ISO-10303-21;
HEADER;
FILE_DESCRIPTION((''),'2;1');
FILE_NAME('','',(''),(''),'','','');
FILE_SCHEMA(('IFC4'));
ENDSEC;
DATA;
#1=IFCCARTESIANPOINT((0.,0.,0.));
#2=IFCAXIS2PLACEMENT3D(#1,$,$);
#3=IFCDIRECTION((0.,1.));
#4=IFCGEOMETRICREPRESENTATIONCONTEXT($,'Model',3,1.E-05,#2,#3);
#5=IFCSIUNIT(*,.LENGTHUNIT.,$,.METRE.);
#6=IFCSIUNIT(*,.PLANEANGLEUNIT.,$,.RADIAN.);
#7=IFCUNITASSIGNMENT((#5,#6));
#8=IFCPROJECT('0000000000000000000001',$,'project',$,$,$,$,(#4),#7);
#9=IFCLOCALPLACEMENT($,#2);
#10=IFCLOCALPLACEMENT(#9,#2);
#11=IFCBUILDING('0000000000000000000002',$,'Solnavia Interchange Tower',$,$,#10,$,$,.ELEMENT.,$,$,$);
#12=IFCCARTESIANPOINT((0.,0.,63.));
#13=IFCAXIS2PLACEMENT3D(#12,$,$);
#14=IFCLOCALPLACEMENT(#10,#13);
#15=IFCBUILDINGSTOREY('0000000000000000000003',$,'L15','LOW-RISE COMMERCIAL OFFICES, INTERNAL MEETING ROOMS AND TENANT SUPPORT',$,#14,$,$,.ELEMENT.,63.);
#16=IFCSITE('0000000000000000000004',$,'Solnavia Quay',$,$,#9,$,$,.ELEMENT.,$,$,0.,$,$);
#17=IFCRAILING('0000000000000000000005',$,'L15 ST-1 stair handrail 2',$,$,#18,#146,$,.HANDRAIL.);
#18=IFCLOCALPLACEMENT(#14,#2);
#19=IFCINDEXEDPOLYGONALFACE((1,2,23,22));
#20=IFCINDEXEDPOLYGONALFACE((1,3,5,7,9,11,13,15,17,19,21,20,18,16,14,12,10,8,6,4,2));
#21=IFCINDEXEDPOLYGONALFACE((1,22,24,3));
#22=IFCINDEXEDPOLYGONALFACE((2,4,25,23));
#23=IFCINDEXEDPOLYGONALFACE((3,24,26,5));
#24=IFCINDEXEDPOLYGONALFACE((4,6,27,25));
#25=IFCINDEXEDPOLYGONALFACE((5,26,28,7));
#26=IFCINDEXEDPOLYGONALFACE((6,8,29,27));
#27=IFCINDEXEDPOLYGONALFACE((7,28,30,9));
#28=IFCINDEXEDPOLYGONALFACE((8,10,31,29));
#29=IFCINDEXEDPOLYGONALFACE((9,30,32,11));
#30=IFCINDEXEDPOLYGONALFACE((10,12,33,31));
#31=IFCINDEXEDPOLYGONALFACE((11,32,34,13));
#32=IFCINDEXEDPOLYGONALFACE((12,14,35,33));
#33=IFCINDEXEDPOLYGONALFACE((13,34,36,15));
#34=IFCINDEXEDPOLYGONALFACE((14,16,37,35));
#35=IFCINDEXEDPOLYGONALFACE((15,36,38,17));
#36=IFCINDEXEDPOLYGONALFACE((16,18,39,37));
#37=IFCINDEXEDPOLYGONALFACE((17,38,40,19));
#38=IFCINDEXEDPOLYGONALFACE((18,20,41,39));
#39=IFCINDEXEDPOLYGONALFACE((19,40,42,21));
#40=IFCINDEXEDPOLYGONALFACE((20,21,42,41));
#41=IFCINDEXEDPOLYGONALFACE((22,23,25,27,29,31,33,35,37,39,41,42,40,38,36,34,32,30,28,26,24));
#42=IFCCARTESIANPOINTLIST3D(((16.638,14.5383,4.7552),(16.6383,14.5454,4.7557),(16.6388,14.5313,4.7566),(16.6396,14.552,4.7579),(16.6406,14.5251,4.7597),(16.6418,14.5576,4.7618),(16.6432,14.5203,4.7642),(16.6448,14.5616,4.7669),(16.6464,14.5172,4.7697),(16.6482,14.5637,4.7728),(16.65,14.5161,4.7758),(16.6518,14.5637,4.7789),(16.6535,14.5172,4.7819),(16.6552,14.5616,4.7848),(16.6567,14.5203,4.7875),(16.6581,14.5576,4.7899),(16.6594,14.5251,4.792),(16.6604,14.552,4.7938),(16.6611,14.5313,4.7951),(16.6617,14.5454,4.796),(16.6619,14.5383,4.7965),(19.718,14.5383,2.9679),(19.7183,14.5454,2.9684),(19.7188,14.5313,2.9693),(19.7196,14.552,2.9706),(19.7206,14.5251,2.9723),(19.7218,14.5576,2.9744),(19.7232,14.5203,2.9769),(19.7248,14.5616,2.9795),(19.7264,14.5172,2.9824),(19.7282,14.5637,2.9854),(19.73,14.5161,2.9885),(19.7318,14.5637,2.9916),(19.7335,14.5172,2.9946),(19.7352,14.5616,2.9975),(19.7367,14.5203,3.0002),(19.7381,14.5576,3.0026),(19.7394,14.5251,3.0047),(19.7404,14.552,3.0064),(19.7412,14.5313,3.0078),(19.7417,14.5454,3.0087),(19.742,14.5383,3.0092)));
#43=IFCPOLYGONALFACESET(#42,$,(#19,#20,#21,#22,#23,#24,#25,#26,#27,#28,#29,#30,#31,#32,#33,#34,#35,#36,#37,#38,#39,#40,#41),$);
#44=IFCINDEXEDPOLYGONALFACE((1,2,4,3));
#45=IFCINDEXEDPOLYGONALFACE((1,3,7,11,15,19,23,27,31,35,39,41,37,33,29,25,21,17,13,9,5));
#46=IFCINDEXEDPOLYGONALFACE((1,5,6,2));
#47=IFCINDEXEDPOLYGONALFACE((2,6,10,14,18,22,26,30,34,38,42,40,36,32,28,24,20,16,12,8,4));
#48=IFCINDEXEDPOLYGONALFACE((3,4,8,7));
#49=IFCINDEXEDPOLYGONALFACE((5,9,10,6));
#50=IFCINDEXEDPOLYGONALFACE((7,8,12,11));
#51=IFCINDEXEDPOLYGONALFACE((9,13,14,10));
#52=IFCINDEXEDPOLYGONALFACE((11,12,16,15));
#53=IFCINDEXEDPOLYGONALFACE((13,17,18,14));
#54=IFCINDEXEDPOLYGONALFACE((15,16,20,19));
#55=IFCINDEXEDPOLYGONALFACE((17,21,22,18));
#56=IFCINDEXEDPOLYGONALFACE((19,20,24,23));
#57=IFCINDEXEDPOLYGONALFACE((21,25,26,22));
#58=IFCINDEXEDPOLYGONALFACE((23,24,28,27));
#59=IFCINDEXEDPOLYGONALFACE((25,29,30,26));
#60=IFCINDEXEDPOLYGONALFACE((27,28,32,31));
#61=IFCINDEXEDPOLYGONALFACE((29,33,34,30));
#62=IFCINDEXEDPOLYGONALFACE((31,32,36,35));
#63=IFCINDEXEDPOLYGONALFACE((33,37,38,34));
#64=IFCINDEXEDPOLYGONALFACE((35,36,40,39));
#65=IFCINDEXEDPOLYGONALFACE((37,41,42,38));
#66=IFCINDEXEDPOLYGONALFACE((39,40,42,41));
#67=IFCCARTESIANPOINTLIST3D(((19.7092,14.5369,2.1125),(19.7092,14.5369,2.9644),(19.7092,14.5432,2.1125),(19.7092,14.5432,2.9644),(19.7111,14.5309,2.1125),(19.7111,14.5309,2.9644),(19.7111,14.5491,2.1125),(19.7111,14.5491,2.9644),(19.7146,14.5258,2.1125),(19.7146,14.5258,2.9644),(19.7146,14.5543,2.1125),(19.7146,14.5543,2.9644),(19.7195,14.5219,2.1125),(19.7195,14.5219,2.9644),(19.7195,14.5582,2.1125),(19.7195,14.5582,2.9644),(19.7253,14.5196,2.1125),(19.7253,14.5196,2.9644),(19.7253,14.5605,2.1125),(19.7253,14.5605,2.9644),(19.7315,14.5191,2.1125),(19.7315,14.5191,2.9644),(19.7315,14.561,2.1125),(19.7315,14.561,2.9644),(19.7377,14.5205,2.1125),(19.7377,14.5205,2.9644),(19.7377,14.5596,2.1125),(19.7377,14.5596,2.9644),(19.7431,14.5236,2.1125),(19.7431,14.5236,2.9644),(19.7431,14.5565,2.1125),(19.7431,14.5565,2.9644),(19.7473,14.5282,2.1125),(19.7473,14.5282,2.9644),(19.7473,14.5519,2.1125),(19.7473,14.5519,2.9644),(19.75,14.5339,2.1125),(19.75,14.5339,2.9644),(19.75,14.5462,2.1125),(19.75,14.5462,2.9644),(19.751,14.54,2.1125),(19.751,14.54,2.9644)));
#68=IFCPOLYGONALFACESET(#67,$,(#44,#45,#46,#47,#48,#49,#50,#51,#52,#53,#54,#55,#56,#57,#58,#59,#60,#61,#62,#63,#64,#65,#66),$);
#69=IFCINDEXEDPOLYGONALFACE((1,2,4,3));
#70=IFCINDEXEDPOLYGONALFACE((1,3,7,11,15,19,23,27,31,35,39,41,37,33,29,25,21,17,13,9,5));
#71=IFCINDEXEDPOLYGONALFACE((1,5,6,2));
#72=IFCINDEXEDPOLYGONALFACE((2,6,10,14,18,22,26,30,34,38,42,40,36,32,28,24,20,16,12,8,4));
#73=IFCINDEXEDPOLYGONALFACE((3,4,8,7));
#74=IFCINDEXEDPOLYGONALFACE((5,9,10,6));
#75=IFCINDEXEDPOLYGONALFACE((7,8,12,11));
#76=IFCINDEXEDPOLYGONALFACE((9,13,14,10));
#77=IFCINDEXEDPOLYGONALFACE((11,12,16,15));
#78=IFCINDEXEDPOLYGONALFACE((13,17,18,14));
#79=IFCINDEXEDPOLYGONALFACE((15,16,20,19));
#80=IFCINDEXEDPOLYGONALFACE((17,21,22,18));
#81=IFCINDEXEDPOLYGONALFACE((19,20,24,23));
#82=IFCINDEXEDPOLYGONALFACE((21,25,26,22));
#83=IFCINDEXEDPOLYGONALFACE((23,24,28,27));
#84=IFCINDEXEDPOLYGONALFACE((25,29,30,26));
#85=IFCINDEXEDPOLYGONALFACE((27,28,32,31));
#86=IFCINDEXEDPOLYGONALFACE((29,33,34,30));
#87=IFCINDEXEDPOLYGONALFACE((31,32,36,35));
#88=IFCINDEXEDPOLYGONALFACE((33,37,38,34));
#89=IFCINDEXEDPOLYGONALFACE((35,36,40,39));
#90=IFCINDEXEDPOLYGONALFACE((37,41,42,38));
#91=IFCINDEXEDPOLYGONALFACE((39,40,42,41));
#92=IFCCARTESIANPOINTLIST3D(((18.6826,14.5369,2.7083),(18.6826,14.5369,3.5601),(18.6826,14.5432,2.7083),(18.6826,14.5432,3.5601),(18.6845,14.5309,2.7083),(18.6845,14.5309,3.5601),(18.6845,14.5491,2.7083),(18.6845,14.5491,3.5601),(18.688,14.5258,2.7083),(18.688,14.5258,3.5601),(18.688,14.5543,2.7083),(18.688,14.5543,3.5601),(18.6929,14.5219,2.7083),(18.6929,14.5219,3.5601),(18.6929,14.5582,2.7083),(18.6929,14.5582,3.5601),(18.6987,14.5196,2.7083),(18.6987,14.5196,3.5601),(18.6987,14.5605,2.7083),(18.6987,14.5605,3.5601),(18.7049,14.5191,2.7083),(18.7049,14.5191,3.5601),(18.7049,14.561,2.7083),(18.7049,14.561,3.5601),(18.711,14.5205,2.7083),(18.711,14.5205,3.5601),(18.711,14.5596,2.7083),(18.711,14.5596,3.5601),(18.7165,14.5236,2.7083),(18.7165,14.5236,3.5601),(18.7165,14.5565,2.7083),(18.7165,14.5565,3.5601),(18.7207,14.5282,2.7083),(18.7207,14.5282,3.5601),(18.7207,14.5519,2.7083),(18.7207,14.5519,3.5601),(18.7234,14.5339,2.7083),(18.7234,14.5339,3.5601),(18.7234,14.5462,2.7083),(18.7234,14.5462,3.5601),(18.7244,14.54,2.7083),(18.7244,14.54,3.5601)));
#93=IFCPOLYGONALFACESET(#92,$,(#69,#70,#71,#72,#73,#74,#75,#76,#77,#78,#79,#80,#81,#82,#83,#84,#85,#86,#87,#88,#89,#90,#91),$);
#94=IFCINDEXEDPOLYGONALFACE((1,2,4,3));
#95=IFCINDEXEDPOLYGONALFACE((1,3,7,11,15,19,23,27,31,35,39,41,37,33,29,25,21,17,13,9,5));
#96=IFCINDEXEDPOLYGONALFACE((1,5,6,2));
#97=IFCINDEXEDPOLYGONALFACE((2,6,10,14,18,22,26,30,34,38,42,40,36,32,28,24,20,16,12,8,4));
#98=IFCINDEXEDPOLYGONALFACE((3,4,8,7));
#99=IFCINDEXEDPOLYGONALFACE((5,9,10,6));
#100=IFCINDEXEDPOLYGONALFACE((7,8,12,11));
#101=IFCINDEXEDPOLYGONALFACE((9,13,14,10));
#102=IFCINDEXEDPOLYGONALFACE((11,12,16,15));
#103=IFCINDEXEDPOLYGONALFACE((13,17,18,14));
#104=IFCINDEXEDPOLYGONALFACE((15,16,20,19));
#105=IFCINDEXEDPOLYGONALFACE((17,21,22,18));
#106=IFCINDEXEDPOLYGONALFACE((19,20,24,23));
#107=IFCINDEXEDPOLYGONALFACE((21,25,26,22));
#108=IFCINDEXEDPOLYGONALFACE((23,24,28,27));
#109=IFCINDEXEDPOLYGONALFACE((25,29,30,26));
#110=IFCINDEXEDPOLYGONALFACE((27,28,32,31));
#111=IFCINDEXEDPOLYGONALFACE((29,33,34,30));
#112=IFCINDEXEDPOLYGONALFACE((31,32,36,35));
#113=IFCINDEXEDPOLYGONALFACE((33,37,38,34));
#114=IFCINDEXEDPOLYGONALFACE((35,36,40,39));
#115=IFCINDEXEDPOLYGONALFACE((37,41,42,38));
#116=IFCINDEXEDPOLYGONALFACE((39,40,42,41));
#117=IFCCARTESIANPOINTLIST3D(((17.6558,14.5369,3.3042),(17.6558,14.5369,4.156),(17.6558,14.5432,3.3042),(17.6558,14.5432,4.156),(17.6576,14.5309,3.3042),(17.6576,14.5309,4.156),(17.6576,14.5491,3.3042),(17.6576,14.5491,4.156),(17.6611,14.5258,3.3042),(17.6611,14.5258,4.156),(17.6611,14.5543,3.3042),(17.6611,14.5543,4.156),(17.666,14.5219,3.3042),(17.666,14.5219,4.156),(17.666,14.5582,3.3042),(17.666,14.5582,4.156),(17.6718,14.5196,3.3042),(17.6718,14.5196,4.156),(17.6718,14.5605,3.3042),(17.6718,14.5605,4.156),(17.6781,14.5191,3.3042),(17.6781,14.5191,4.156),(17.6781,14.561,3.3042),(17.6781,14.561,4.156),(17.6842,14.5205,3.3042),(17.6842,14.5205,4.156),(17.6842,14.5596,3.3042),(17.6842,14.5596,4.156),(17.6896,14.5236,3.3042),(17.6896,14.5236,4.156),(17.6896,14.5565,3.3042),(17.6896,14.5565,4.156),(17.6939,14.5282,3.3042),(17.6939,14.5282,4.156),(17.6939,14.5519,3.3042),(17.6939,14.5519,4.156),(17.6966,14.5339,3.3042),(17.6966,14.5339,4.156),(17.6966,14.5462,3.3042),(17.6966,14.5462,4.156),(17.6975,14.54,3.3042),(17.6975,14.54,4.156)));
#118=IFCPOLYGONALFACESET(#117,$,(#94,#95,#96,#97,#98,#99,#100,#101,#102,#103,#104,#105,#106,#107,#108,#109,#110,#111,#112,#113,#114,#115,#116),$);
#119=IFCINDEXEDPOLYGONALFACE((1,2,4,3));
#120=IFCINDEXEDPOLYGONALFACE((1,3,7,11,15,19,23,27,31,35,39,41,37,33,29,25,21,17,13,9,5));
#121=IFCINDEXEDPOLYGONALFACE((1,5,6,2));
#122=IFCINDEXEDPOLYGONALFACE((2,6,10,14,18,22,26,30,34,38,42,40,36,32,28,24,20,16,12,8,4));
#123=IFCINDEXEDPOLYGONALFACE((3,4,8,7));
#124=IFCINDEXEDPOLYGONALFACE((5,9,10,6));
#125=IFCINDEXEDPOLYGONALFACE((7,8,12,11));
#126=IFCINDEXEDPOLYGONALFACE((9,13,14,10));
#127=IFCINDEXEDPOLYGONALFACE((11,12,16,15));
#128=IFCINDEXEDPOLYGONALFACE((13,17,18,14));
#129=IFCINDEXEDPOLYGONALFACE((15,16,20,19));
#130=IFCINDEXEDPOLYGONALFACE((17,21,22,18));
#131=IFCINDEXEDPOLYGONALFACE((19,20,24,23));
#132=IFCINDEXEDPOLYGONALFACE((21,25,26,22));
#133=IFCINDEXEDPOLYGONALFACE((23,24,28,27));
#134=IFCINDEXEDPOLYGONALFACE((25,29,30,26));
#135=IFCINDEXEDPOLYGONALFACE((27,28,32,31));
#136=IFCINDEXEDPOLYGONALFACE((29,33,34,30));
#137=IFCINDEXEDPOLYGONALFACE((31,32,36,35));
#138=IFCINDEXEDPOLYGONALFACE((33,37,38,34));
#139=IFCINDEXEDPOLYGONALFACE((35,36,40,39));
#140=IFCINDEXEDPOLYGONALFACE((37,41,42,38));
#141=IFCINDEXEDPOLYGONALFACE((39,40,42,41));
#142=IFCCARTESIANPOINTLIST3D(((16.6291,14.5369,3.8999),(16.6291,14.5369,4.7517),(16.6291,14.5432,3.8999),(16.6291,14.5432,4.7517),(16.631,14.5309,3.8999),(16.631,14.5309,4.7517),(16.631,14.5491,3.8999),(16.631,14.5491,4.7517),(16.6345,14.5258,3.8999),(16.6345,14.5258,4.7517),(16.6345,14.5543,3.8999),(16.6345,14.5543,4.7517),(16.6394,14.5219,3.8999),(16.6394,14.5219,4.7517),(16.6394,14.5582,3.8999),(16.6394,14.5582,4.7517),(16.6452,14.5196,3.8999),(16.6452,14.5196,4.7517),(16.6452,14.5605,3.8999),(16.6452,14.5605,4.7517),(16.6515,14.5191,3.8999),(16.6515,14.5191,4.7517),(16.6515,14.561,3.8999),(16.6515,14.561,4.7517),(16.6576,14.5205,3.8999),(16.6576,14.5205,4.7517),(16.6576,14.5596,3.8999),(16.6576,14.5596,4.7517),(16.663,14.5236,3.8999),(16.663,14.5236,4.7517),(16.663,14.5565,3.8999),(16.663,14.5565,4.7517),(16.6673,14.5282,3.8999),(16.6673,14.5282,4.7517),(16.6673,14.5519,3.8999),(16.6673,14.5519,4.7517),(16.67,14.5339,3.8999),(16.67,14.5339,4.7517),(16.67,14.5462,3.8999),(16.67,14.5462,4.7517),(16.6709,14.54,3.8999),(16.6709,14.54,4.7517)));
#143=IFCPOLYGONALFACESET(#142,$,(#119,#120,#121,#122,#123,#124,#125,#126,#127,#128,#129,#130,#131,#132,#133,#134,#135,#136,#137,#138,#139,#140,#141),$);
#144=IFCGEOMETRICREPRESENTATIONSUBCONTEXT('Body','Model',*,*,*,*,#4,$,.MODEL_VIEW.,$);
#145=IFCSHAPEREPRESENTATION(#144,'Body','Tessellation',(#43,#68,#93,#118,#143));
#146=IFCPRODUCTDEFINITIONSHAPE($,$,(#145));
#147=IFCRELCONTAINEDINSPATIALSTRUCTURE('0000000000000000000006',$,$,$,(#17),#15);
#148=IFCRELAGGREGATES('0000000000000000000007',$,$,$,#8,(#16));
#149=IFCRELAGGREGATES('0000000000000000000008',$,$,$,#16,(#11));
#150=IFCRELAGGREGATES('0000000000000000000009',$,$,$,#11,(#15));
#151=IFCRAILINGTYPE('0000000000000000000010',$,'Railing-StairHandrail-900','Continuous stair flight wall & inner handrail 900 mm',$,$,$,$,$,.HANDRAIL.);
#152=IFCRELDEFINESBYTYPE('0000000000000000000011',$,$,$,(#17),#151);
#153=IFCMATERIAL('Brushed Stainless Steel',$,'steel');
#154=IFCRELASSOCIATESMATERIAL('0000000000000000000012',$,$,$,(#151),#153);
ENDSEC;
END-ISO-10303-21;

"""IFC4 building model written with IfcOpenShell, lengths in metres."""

from ifc_helpers import new_model, si_unit, direction, frame, origin, origin_2d, place, context, subcontext, project, spatial, circle, extrude, material, type_object, element, save


model = new_model("IFC4")

# Units and contexts
model_context = context("Model", 3, precision=1e-05, world=origin(), true_north=direction((0.0, 1.0)))
body_context = subcontext(model_context, "Body", "Model", "MODEL_VIEW")
ifc_project = project(units=[si_unit("LENGTHUNIT", "METRE"), si_unit("PLANEANGLEUNIT", "RADIAN")], contexts=[model_context])

# Site, building, storey
site_placement = place(None, origin())
site = spatial("IfcSite", under=ifc_project, at=site_placement, Name="Solnavia Quay", CompositionType="ELEMENT", RefElevation=0.0)
building_placement = place(site_placement, origin())
building = spatial("IfcBuilding", under=site, at=building_placement, Name="Solnavia Interchange Tower", CompositionType="ELEMENT")
storey_placement = place(building_placement, frame((0.0, 0.0, 63.0)))
storey = spatial("IfcBuildingStorey", under=building, at=storey_placement, Name="L15", Description="LOW-RISE COMMERCIAL OFFICES, INTERNAL MEETING ROOMS AND TENANT SUPPORT", CompositionType="ELEMENT", Elevation=63.0)

# Railing
ifc_material_1 = material(Name="Brushed Stainless Steel", Category="steel")
railing_type_1 = type_object("IfcRailingType", Name="Railing-StairHandrail-900", Description="Continuous stair flight wall & inner handrail 900 mm", PredefinedType="HANDRAIL", material=ifc_material_1)
railing_1_placement = place(storey_placement, frame((19.73, 14.54, 2.1125)))
element("IfcRailing", 1, at=railing_1_placement, inside=storey, type_object=railing_type_1, Name="L15 ST-1 stair handrail 2", PredefinedType="HANDRAIL", context=body_context, shape_type="SweptSolid", body=[
    extrude(circle(Radius=0.0239, at=origin_2d()), frame((0.0, 0.0, 0.876), z_axis=(-0.86492, 0.0, 0.501909), x_axis=(0.0, -1.0, 0.0)), (0.0, 0.0, 1.0), 3.561),
    extrude(circle(Radius=0.021, at=origin_2d()), origin(), (0.0, 0.0, 1.0), 0.8518),
    extrude(circle(Radius=0.021, at=origin_2d()), frame((-1.0266, 0.0, 0.5957)), (0.0, 0.0, 1.0), 0.8518),
    extrude(circle(Radius=0.021, at=origin_2d()), frame((-2.0535, 0.0, 1.1917)), (0.0, 0.0, 1.0), 0.8518),
    extrude(circle(Radius=0.021, at=origin_2d()), frame((-3.0801, 0.0, 1.7874)), (0.0, 0.0, 1.0), 0.8518),
])

save(model, "model.ifc")
